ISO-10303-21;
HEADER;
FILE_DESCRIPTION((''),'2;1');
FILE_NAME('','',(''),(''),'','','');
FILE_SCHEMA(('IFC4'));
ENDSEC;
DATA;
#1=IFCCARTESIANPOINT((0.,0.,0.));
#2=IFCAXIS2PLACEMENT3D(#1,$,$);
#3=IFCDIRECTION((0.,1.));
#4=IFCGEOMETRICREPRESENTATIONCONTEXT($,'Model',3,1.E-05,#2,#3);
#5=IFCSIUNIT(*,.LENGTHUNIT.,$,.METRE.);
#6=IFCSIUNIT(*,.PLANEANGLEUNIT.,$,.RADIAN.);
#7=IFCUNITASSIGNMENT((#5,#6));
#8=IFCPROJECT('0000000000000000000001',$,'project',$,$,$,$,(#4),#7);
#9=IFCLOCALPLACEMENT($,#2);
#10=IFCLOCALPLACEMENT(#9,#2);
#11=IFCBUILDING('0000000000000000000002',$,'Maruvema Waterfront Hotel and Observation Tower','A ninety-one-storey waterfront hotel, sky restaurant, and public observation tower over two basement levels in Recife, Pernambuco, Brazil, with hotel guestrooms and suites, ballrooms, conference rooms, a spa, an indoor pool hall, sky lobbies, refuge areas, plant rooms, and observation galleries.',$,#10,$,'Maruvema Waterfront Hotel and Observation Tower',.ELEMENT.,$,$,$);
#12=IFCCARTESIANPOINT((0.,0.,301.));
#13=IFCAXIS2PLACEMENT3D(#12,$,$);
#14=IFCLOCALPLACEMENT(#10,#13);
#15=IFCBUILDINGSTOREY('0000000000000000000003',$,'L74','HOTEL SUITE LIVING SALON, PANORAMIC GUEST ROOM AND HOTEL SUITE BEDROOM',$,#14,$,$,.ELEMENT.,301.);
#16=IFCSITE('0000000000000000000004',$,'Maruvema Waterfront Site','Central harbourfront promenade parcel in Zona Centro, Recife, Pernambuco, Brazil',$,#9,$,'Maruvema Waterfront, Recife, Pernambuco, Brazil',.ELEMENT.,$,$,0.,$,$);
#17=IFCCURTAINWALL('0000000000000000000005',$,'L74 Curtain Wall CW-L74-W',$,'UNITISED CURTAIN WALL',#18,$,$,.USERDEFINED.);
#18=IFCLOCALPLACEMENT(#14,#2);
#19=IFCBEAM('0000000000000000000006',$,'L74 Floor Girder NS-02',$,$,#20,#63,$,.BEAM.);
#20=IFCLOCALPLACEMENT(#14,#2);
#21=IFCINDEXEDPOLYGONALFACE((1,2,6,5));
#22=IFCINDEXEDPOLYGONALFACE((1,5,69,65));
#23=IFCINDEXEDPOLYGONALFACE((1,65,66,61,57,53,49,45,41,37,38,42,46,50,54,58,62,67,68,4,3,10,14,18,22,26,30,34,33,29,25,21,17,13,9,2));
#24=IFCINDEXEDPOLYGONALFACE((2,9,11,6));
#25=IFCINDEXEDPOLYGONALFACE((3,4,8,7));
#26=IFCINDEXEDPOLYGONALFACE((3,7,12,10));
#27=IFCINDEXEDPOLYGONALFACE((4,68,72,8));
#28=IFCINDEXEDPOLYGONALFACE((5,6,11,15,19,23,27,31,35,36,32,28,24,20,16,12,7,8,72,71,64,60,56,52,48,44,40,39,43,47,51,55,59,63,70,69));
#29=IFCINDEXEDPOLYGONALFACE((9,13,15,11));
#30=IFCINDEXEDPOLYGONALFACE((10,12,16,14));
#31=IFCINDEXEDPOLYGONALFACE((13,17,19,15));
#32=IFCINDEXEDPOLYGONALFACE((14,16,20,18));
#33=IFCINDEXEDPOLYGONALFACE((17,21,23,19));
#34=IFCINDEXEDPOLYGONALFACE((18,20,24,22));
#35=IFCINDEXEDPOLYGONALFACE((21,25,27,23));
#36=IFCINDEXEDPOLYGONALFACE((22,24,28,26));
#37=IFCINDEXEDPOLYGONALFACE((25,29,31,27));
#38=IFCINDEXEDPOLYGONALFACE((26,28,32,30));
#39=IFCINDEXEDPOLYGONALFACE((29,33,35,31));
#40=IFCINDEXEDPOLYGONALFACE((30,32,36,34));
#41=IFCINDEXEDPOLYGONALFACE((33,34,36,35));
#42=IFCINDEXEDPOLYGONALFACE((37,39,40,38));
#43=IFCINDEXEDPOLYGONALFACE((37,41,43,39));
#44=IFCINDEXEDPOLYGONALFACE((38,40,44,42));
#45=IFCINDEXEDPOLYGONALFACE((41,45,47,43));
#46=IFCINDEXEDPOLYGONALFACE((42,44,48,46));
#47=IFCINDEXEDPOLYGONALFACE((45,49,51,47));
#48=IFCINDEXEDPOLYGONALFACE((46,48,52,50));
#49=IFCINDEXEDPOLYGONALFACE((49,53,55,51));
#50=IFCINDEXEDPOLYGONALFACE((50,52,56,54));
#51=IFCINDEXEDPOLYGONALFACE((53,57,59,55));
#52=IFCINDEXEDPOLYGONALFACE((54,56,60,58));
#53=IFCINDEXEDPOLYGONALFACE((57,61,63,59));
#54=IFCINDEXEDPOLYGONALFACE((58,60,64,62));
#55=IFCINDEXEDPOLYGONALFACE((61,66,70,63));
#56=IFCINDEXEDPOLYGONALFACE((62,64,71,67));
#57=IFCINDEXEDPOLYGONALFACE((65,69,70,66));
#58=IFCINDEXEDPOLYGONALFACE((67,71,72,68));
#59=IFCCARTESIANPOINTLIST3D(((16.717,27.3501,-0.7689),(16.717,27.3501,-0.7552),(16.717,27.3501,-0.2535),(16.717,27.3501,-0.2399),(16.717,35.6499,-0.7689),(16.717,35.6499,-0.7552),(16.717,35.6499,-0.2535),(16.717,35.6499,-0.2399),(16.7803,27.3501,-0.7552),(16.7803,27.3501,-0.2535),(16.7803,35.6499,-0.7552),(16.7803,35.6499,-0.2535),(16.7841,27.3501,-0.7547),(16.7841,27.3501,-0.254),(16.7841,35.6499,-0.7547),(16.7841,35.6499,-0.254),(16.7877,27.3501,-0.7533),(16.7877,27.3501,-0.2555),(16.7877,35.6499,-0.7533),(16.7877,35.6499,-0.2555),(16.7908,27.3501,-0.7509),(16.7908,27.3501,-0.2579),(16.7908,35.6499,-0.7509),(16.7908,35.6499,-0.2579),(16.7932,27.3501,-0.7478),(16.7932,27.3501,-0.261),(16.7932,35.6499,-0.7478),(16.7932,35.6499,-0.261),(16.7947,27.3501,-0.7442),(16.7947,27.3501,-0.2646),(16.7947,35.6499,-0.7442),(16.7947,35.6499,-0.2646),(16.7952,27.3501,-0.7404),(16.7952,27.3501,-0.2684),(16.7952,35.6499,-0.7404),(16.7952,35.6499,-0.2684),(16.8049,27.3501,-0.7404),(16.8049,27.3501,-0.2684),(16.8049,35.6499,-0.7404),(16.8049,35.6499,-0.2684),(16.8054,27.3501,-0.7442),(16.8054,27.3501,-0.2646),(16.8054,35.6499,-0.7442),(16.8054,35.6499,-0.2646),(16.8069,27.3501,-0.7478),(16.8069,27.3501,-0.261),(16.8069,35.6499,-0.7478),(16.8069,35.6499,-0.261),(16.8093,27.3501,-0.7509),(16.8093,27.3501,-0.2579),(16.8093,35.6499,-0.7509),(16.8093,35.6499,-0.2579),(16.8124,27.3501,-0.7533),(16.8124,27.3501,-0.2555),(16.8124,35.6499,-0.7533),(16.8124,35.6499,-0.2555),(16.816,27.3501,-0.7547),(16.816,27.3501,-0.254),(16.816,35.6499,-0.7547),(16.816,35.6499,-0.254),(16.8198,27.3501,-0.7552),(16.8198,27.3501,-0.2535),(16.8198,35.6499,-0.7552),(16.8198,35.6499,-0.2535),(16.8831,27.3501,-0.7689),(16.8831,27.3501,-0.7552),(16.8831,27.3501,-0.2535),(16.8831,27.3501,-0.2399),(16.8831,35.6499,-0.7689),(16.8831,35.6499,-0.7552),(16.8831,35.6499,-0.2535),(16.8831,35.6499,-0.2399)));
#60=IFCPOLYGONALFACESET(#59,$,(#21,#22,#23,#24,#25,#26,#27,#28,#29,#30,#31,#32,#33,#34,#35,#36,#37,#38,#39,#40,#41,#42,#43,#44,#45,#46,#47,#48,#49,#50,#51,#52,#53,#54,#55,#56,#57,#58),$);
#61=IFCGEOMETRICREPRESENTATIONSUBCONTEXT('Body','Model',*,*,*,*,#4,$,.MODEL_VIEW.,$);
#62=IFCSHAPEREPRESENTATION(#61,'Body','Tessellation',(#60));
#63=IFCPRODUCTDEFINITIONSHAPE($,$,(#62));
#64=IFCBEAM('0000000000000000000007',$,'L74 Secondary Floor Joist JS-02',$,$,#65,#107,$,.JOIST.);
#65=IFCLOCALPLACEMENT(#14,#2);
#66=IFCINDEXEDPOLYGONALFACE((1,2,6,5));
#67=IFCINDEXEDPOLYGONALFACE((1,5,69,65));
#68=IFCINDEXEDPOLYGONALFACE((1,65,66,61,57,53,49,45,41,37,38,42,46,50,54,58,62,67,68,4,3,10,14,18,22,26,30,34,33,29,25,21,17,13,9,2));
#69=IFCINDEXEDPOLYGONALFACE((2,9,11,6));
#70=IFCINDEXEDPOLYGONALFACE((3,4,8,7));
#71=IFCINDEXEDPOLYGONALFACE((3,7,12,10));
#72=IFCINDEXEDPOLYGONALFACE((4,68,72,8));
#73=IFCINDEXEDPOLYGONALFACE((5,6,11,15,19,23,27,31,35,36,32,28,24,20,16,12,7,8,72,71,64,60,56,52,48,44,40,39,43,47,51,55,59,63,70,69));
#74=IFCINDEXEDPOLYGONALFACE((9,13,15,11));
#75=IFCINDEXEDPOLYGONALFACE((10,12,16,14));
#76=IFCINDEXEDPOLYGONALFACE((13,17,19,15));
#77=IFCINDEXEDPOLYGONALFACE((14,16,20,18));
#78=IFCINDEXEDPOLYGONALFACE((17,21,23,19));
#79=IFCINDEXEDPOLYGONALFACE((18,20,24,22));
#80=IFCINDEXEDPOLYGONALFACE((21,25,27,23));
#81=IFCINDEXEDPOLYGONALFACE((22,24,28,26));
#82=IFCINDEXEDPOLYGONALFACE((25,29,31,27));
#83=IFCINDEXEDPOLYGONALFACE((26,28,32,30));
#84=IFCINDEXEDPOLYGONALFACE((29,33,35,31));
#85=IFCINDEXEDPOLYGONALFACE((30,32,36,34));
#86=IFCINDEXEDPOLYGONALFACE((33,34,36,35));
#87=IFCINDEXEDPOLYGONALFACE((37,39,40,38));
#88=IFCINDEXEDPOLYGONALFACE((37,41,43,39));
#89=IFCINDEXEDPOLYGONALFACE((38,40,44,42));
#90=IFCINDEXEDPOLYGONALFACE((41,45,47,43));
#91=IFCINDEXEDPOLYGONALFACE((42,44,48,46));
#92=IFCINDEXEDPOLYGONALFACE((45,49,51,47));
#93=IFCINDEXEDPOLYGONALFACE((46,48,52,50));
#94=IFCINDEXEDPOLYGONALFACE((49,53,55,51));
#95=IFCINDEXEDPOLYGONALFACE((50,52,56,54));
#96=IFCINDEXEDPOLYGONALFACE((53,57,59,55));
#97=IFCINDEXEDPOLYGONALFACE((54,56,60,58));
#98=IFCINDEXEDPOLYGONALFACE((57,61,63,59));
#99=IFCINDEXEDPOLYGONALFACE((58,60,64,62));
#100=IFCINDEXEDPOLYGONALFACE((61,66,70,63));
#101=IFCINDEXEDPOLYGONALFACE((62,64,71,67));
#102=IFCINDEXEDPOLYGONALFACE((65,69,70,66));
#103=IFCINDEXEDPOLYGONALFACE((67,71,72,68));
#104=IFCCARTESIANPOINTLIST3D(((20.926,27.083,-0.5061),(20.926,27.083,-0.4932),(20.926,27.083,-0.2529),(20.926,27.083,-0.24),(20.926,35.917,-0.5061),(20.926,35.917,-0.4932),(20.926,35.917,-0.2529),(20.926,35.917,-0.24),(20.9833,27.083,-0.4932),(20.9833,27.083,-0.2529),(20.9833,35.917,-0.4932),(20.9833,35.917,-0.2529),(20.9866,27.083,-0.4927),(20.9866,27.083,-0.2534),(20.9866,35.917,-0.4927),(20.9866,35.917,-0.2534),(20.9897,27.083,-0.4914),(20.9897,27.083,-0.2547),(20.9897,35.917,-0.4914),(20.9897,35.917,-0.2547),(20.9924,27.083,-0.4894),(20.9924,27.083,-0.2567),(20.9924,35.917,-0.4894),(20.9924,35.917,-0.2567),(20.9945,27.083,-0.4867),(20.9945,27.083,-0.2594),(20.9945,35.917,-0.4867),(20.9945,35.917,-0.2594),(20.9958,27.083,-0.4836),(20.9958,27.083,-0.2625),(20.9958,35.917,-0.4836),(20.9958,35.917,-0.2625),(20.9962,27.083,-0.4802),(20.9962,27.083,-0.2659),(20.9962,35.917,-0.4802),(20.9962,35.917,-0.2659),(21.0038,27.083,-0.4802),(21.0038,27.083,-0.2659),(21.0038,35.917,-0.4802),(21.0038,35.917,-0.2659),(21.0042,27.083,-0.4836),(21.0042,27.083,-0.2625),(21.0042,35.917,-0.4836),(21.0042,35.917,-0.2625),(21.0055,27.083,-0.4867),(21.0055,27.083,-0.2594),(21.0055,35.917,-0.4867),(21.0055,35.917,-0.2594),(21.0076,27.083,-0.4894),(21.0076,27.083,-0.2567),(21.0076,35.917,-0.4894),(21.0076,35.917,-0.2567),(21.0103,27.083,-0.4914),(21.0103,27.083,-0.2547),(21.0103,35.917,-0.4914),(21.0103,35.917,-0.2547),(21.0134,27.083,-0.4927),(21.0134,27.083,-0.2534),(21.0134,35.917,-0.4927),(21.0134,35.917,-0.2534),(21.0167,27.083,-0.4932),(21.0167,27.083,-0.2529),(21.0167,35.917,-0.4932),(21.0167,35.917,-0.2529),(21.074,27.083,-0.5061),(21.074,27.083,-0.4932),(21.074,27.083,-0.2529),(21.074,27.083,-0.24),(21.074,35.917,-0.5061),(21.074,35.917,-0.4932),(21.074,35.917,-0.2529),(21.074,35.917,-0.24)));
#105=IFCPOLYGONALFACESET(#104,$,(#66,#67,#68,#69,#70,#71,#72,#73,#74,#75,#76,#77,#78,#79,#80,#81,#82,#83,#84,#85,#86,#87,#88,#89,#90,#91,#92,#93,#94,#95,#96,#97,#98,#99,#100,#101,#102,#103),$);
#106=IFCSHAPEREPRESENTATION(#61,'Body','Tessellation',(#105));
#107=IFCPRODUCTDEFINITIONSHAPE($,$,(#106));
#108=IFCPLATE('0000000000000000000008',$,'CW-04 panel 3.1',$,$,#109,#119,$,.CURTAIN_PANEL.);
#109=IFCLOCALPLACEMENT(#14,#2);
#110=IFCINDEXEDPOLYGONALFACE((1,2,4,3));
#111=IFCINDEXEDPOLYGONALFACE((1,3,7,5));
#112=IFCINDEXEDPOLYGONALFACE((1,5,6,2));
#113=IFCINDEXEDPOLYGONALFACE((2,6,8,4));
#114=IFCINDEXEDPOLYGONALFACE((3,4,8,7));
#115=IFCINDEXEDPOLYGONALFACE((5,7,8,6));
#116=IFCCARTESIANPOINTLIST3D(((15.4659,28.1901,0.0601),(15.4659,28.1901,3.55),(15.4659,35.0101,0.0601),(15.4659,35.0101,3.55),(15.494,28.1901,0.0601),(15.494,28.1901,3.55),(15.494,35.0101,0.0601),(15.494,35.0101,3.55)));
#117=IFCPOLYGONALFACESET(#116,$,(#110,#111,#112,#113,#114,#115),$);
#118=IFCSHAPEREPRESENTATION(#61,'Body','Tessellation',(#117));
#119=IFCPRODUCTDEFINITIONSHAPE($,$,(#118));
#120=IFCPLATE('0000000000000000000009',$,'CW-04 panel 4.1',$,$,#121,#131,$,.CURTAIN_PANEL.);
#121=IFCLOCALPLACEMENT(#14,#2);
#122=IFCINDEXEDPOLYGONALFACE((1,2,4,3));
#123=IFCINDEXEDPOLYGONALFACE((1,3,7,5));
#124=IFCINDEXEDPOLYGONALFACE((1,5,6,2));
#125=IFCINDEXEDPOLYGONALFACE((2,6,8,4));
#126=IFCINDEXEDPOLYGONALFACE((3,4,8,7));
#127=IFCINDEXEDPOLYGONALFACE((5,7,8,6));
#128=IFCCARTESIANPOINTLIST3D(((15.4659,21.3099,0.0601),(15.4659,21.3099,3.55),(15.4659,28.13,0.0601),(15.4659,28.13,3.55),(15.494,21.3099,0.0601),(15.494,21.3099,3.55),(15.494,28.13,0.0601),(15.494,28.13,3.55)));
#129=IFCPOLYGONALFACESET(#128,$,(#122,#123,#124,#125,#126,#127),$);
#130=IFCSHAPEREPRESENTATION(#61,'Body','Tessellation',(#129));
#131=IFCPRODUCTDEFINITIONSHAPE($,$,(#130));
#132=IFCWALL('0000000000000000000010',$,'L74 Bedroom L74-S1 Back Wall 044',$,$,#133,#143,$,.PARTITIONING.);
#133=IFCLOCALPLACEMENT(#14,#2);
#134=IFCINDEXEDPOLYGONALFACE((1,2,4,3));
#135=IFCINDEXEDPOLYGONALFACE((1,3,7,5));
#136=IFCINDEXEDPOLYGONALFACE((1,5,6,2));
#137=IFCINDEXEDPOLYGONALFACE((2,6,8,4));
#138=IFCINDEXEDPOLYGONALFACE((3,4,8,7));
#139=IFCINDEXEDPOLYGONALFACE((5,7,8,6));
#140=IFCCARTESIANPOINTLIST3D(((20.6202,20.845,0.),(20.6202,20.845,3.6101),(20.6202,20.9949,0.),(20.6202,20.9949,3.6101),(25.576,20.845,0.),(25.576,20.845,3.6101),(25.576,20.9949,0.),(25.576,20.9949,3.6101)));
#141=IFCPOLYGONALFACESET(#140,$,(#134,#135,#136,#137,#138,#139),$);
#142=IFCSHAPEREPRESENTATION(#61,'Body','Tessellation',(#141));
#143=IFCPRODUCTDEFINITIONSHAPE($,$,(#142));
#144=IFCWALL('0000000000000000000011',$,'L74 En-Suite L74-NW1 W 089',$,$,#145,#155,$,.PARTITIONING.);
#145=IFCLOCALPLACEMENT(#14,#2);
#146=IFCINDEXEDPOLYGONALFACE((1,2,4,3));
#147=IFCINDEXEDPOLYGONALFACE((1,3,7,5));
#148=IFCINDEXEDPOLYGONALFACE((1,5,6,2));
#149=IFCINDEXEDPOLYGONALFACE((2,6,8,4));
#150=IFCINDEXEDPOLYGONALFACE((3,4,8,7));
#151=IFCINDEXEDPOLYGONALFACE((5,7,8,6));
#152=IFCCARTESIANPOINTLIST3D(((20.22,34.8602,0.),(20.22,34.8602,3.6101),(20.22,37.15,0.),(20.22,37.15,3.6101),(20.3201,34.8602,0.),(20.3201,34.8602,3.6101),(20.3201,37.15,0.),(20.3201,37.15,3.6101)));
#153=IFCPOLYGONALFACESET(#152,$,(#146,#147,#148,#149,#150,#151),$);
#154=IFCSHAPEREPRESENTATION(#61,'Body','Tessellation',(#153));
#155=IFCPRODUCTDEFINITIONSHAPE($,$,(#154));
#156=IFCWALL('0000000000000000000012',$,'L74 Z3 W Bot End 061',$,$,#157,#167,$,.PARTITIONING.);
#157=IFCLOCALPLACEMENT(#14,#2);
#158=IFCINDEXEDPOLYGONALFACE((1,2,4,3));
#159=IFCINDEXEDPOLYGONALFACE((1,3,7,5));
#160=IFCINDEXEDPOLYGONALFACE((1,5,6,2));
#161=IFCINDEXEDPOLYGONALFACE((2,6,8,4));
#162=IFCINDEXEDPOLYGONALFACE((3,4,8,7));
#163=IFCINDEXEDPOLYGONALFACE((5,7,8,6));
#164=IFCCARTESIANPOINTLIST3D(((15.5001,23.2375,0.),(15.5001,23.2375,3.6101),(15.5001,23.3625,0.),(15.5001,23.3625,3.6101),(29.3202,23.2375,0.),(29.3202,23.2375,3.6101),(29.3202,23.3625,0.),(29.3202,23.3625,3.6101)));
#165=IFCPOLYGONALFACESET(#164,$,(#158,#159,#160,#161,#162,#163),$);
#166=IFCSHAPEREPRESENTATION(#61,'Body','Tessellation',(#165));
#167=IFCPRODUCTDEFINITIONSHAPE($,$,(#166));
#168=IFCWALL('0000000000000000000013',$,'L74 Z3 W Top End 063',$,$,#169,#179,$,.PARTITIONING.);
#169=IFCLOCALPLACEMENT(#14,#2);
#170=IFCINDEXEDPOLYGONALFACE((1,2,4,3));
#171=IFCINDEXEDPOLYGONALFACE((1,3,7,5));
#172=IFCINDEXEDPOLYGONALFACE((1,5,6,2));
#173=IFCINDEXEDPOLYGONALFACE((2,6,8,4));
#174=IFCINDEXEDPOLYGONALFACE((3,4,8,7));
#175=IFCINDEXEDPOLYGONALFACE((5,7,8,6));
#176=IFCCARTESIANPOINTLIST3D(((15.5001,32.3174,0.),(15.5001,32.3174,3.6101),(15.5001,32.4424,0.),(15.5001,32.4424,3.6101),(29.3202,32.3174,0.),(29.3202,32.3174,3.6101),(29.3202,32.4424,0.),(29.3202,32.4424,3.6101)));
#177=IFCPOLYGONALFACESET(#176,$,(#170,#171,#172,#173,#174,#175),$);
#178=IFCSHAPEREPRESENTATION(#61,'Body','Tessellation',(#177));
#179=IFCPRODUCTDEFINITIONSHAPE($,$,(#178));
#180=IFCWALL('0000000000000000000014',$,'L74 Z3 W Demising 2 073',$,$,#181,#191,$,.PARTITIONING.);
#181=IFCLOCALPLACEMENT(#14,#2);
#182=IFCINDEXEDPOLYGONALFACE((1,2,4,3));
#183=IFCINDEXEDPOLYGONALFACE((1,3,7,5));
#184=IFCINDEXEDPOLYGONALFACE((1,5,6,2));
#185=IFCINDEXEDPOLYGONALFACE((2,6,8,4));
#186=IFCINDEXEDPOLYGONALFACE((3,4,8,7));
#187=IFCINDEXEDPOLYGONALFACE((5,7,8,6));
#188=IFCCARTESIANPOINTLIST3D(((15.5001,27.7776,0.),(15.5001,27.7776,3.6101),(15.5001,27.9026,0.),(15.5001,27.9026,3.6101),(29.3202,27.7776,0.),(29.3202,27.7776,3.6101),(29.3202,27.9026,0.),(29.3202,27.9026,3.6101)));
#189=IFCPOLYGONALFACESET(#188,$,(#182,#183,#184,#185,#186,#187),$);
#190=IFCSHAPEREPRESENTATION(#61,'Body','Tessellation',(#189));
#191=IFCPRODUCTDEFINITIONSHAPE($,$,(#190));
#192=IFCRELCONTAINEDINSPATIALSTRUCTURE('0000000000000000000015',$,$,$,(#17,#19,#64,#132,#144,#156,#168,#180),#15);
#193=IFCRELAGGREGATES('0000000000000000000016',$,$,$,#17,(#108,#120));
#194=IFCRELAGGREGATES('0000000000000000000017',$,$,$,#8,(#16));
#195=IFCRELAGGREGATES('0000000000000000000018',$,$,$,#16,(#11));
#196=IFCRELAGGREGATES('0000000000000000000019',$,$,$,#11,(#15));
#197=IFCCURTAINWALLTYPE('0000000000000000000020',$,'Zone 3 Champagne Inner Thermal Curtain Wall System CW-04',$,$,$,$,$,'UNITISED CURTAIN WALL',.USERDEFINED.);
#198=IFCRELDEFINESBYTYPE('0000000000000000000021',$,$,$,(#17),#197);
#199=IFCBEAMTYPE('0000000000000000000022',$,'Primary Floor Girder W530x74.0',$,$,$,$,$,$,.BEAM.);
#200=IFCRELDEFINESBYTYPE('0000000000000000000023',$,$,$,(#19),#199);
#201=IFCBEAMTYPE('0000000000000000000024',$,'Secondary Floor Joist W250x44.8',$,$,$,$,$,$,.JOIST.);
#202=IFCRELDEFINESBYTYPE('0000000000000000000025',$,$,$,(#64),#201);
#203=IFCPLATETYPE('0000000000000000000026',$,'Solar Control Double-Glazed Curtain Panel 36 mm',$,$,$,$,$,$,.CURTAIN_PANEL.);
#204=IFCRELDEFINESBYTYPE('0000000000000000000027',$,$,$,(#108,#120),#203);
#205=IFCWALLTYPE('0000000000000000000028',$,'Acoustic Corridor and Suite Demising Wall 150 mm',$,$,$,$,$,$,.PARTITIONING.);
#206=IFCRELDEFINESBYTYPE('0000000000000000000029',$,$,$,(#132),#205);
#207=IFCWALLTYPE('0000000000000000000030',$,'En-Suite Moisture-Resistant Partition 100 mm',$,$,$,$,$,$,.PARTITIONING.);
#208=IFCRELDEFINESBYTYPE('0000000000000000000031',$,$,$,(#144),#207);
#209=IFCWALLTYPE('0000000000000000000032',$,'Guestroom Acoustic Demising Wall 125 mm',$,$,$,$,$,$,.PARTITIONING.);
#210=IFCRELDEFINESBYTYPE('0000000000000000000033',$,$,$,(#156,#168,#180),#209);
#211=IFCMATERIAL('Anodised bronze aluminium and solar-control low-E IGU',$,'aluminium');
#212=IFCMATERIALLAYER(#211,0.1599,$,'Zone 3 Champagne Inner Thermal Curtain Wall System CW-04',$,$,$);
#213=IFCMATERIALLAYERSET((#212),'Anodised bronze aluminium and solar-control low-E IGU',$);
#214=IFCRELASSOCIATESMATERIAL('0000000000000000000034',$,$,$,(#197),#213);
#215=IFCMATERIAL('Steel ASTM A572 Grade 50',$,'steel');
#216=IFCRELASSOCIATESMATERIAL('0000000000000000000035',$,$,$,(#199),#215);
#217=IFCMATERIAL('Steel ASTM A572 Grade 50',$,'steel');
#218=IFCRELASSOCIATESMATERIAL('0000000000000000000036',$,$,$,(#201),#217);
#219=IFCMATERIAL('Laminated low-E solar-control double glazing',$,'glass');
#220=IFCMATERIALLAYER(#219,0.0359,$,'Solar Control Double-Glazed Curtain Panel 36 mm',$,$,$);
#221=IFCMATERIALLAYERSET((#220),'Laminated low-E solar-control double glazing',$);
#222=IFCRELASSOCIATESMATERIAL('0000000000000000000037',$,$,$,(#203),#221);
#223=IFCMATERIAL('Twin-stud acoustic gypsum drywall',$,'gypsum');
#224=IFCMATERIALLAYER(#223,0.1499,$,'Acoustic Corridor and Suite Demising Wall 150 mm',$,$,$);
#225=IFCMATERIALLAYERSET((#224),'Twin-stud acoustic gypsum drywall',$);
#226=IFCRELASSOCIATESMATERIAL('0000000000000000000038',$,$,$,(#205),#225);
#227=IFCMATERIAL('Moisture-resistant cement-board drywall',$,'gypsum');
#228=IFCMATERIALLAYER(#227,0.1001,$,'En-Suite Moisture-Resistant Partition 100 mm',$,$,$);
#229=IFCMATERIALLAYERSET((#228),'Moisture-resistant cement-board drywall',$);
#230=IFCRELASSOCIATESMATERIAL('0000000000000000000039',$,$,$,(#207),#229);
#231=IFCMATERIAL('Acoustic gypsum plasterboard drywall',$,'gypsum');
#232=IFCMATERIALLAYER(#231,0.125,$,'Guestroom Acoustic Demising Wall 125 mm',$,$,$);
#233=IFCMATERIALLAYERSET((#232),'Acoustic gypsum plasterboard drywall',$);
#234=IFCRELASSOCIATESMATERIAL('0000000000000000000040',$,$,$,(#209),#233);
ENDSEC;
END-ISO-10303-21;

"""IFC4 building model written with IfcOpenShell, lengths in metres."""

from ifc_helpers import new_model, si_unit, direction, frame, frame_2d, origin, origin_2d, place, context, subcontext, project, spatial, rectangle, i_section, extrude, material, layer, layer_set, material_profile, profile_set, type_object, element, aggregate, save


model = new_model("IFC4")

# Units and contexts
model_context = context("Model", 3, precision=1e-05, world=origin(), true_north=direction((0.0, 1.0)))
body_context = subcontext(model_context, "Body", "Model", "MODEL_VIEW")
ifc_project = project(units=[si_unit("LENGTHUNIT", "METRE"), si_unit("PLANEANGLEUNIT", "RADIAN")], contexts=[model_context])

# Site, building, storey
site_placement = place(None, origin())
site = spatial("IfcSite", under=ifc_project, at=site_placement, Name="Maruvema Waterfront Site", Description="Central harbourfront promenade parcel in Zona Centro, Recife, Pernambuco, Brazil", LongName="Maruvema Waterfront, Recife, Pernambuco, Brazil", CompositionType="ELEMENT", RefElevation=0.0)
building_placement = place(site_placement, origin())
building = spatial("IfcBuilding", under=site, at=building_placement, Name="Maruvema Waterfront Hotel and Observation Tower", Description="A ninety-one-storey waterfront hotel, sky restaurant, and public observation tower over two basement levels in Recife, Pernambuco, Brazil, with hotel guestrooms and suites, ballrooms, conference rooms, a spa, an indoor pool hall, sky lobbies, refuge areas, plant rooms, and observation galleries.", LongName="Maruvema Waterfront Hotel and Observation Tower", CompositionType="ELEMENT")
storey_placement = place(building_placement, frame((0.0, 0.0, 301.0)))
storey = spatial("IfcBuildingStorey", under=building, at=storey_placement, Name="L74", Description="HOTEL SUITE LIVING SALON, PANORAMIC GUEST ROOM AND HOTEL SUITE BEDROOM", CompositionType="ELEMENT", Elevation=301.0)

# Curtain wall
ifc_material_1 = material(Name="Anodised bronze aluminium and solar-control low-E IGU", Category="aluminium")
ifc_layer_1 = layer(ifc_material_1, 0.1599, Name="Zone 3 Champagne Inner Thermal Curtain Wall System CW-04")
ifc_layer_set_1 = layer_set([ifc_layer_1], Name="Anodised bronze aluminium and solar-control low-E IGU")
curtain_wall_type = type_object("IfcCurtainWallType", Name="Zone 3 Champagne Inner Thermal Curtain Wall System CW-04", ElementType="UNITISED CURTAIN WALL", PredefinedType="USERDEFINED", material=ifc_layer_set_1)
curtain_wall_placement = place(storey_placement, origin())
curtain_wall = element("IfcCurtainWall", 1, at=curtain_wall_placement, inside=storey, type_object=curtain_wall_type, Name="L74 Curtain Wall CW-L74-W", ObjectType="UNITISED CURTAIN WALL", PredefinedType="USERDEFINED")

# Beams
ifc_material_2 = material(Name="Steel ASTM A572 Grade 50", Category="steel")
ifc_material_profile_1 = material_profile(ifc_material_2, i_section(OverallWidth=0.166, OverallDepth=0.5291, WebThickness=0.0098, FlangeThickness=0.0137, FilletRadius=0.0149, at=origin_2d()), Name="W530x74.0")
ifc_profile_set_1 = profile_set([ifc_material_profile_1], Name="Steel ASTM A572 Grade 50")
beam_type_1 = type_object("IfcBeamType", Name="Primary Floor Girder W530x74.0", PredefinedType="BEAM", material=ifc_profile_set_1)
beam_1_placement = place(storey_placement, frame((16.8, 27.3501, -0.5044), z_axis=(0.0, 1.0, 0.0), x_axis=(-1.0, 0.0, 0.0)))
element("IfcBeam", 2, at=beam_1_placement, inside=storey, type_object=beam_type_1, Name="L74 Floor Girder NS-02", PredefinedType="BEAM", context=body_context, shape_type="SweptSolid", body=[
    extrude(i_section(OverallWidth=0.166, OverallDepth=0.5291, WebThickness=0.0098, FlangeThickness=0.0137, FilletRadius=0.0149, at=origin_2d()), origin(), (0.0, 0.0, 1.0), 8.2998),
])
ifc_material_3 = material(Name="Steel ASTM A572 Grade 50", Category="steel")
ifc_material_profile_2 = material_profile(ifc_material_3, i_section(OverallWidth=0.1479, OverallDepth=0.2661, WebThickness=0.0076, FlangeThickness=0.0129, FilletRadius=0.0129, at=origin_2d()), Name="W250x44.8")
ifc_profile_set_2 = profile_set([ifc_material_profile_2], Name="Steel ASTM A572 Grade 50")
beam_type_2 = type_object("IfcBeamType", Name="Secondary Floor Joist W250x44.8", PredefinedType="JOIST", material=ifc_profile_set_2)
beam_2_placement = place(storey_placement, frame((21.0, 27.083, -0.373), z_axis=(0.0, 1.0, 0.0), x_axis=(-1.0, 0.0, 0.0)))
element("IfcBeam", 3, at=beam_2_placement, inside=storey, type_object=beam_type_2, Name="L74 Secondary Floor Joist JS-02", PredefinedType="JOIST", context=body_context, shape_type="SweptSolid", body=[
    extrude(i_section(OverallWidth=0.1479, OverallDepth=0.2661, WebThickness=0.0076, FlangeThickness=0.0129, FilletRadius=0.0129, at=origin_2d()), origin(), (0.0, 0.0, 1.0), 8.834),
])

# Plates
ifc_material_4 = material(Name="Laminated low-E solar-control double glazing", Category="glass")
ifc_layer_2 = layer(ifc_material_4, 0.0359, Name="Solar Control Double-Glazed Curtain Panel 36 mm")
ifc_layer_set_2 = layer_set([ifc_layer_2], Name="Laminated low-E solar-control double glazing")
plate_type = type_object("IfcPlateType", Name="Solar Control Double-Glazed Curtain Panel 36 mm", PredefinedType="CURTAIN_PANEL", material=ifc_layer_set_2)
plate_1_placement = place(storey_placement, frame((15.48, 31.6001, 0.0601), z_axis=(0.0, 0.0, 1.0), x_axis=(0.0, -1.0, 0.0)))
plate_1 = element("IfcPlate", 4, at=plate_1_placement, type_object=plate_type, Name="CW-04 panel 3.1", PredefinedType="CURTAIN_PANEL", context=body_context, shape_type="SweptSolid", body=[
    extrude(rectangle(XDim=6.8201, YDim=0.0281, at=origin_2d()), origin(), (0.0, 0.0, 1.0), 3.49),
])
plate_2_placement = place(storey_placement, frame((15.48, 24.72, 0.0601), z_axis=(0.0, 0.0, 1.0), x_axis=(0.0, -1.0, 0.0)))
plate_2 = element("IfcPlate", 5, at=plate_2_placement, type_object=plate_type, Name="CW-04 panel 4.1", PredefinedType="CURTAIN_PANEL", context=body_context, shape_type="SweptSolid", body=[
    extrude(rectangle(XDim=6.8201, YDim=0.0281, at=origin_2d()), origin(), (0.0, 0.0, 1.0), 3.49),
])
aggregate(curtain_wall, [plate_1, plate_2])

# Walls
ifc_material_5 = material(Name="Twin-stud acoustic gypsum drywall", Category="gypsum")
ifc_layer_3 = layer(ifc_material_5, 0.1499, Name="Acoustic Corridor and Suite Demising Wall 150 mm")
ifc_layer_set_3 = layer_set([ifc_layer_3], Name="Twin-stud acoustic gypsum drywall")
wall_type_1 = type_object("IfcWallType", Name="Acoustic Corridor and Suite Demising Wall 150 mm", PredefinedType="PARTITIONING", material=ifc_layer_set_3)
wall_1_placement = place(storey_placement, frame((20.6201, 20.9199, 0.0), z_axis=(0.0, 0.0, 1.0), x_axis=(1.0, 0.0, 0.0)))
element("IfcWall", 6, at=wall_1_placement, inside=storey, type_object=wall_type_1, Name="L74 Bedroom L74-S1 Back Wall 044", PredefinedType="PARTITIONING", context=body_context, shape_type="SweptSolid", body=[
    extrude(rectangle(XDim=4.9558, YDim=0.1499, at=frame_2d((2.478, 0.0))), origin(), (0.0, 0.0, 1.0), 3.6101),
])
ifc_material_6 = material(Name="Moisture-resistant cement-board drywall", Category="gypsum")
ifc_layer_4 = layer(ifc_material_6, 0.1001, Name="En-Suite Moisture-Resistant Partition 100 mm")
ifc_layer_set_4 = layer_set([ifc_layer_4], Name="Moisture-resistant cement-board drywall")
wall_type_2 = type_object("IfcWallType", Name="En-Suite Moisture-Resistant Partition 100 mm", PredefinedType="PARTITIONING", material=ifc_layer_set_4)
wall_2_placement = place(storey_placement, frame((20.27, 34.8601, 0.0), z_axis=(0.0, 0.0, 1.0), x_axis=(0.0, 1.0, 0.0)))
element("IfcWall", 7, at=wall_2_placement, inside=storey, type_object=wall_type_2, Name="L74 En-Suite L74-NW1 W 089", PredefinedType="PARTITIONING", context=body_context, shape_type="SweptSolid", body=[
    extrude(rectangle(XDim=2.2898, YDim=0.1001, at=frame_2d((1.145, 0.0))), origin(), (0.0, 0.0, 1.0), 3.6101),
])
ifc_material_7 = material(Name="Acoustic gypsum plasterboard drywall", Category="gypsum")
ifc_layer_5 = layer(ifc_material_7, 0.125, Name="Guestroom Acoustic Demising Wall 125 mm")
ifc_layer_set_5 = layer_set([ifc_layer_5], Name="Acoustic gypsum plasterboard drywall")
wall_type_3 = type_object("IfcWallType", Name="Guestroom Acoustic Demising Wall 125 mm", PredefinedType="PARTITIONING", material=ifc_layer_set_5)
for number, where, z_axis, x_axis, name in (
    (8, (15.5, 23.3, 0.0), (0.0, 0.0, 1.0), (1.0, 0.0, 0.0), "L74 Z3 W Bot End 061"),
    (9, (15.5, 32.3799, 0.0), (0.0, 0.0, 1.0), (1.0, 0.0, 0.0), "L74 Z3 W Top End 063"),
    (10, (15.5, 27.8401, 0.0), (0.0, 0.0, 1.0), (1.0, 0.0, 0.0), "L74 Z3 W Demising 2 073"),
):
    element("IfcWall", number, at=place(storey_placement, frame(where, z_axis=z_axis, x_axis=x_axis)), inside=storey, type_object=wall_type_3, Name=name, PredefinedType="PARTITIONING", context=body_context, shape_type="SweptSolid", body=[
        extrude(rectangle(XDim=13.8201, YDim=0.125, at=frame_2d((6.9102, 0.0))), origin(), (0.0, 0.0, 1.0), 3.6101),
    ])

save(model, "model.ifc")
